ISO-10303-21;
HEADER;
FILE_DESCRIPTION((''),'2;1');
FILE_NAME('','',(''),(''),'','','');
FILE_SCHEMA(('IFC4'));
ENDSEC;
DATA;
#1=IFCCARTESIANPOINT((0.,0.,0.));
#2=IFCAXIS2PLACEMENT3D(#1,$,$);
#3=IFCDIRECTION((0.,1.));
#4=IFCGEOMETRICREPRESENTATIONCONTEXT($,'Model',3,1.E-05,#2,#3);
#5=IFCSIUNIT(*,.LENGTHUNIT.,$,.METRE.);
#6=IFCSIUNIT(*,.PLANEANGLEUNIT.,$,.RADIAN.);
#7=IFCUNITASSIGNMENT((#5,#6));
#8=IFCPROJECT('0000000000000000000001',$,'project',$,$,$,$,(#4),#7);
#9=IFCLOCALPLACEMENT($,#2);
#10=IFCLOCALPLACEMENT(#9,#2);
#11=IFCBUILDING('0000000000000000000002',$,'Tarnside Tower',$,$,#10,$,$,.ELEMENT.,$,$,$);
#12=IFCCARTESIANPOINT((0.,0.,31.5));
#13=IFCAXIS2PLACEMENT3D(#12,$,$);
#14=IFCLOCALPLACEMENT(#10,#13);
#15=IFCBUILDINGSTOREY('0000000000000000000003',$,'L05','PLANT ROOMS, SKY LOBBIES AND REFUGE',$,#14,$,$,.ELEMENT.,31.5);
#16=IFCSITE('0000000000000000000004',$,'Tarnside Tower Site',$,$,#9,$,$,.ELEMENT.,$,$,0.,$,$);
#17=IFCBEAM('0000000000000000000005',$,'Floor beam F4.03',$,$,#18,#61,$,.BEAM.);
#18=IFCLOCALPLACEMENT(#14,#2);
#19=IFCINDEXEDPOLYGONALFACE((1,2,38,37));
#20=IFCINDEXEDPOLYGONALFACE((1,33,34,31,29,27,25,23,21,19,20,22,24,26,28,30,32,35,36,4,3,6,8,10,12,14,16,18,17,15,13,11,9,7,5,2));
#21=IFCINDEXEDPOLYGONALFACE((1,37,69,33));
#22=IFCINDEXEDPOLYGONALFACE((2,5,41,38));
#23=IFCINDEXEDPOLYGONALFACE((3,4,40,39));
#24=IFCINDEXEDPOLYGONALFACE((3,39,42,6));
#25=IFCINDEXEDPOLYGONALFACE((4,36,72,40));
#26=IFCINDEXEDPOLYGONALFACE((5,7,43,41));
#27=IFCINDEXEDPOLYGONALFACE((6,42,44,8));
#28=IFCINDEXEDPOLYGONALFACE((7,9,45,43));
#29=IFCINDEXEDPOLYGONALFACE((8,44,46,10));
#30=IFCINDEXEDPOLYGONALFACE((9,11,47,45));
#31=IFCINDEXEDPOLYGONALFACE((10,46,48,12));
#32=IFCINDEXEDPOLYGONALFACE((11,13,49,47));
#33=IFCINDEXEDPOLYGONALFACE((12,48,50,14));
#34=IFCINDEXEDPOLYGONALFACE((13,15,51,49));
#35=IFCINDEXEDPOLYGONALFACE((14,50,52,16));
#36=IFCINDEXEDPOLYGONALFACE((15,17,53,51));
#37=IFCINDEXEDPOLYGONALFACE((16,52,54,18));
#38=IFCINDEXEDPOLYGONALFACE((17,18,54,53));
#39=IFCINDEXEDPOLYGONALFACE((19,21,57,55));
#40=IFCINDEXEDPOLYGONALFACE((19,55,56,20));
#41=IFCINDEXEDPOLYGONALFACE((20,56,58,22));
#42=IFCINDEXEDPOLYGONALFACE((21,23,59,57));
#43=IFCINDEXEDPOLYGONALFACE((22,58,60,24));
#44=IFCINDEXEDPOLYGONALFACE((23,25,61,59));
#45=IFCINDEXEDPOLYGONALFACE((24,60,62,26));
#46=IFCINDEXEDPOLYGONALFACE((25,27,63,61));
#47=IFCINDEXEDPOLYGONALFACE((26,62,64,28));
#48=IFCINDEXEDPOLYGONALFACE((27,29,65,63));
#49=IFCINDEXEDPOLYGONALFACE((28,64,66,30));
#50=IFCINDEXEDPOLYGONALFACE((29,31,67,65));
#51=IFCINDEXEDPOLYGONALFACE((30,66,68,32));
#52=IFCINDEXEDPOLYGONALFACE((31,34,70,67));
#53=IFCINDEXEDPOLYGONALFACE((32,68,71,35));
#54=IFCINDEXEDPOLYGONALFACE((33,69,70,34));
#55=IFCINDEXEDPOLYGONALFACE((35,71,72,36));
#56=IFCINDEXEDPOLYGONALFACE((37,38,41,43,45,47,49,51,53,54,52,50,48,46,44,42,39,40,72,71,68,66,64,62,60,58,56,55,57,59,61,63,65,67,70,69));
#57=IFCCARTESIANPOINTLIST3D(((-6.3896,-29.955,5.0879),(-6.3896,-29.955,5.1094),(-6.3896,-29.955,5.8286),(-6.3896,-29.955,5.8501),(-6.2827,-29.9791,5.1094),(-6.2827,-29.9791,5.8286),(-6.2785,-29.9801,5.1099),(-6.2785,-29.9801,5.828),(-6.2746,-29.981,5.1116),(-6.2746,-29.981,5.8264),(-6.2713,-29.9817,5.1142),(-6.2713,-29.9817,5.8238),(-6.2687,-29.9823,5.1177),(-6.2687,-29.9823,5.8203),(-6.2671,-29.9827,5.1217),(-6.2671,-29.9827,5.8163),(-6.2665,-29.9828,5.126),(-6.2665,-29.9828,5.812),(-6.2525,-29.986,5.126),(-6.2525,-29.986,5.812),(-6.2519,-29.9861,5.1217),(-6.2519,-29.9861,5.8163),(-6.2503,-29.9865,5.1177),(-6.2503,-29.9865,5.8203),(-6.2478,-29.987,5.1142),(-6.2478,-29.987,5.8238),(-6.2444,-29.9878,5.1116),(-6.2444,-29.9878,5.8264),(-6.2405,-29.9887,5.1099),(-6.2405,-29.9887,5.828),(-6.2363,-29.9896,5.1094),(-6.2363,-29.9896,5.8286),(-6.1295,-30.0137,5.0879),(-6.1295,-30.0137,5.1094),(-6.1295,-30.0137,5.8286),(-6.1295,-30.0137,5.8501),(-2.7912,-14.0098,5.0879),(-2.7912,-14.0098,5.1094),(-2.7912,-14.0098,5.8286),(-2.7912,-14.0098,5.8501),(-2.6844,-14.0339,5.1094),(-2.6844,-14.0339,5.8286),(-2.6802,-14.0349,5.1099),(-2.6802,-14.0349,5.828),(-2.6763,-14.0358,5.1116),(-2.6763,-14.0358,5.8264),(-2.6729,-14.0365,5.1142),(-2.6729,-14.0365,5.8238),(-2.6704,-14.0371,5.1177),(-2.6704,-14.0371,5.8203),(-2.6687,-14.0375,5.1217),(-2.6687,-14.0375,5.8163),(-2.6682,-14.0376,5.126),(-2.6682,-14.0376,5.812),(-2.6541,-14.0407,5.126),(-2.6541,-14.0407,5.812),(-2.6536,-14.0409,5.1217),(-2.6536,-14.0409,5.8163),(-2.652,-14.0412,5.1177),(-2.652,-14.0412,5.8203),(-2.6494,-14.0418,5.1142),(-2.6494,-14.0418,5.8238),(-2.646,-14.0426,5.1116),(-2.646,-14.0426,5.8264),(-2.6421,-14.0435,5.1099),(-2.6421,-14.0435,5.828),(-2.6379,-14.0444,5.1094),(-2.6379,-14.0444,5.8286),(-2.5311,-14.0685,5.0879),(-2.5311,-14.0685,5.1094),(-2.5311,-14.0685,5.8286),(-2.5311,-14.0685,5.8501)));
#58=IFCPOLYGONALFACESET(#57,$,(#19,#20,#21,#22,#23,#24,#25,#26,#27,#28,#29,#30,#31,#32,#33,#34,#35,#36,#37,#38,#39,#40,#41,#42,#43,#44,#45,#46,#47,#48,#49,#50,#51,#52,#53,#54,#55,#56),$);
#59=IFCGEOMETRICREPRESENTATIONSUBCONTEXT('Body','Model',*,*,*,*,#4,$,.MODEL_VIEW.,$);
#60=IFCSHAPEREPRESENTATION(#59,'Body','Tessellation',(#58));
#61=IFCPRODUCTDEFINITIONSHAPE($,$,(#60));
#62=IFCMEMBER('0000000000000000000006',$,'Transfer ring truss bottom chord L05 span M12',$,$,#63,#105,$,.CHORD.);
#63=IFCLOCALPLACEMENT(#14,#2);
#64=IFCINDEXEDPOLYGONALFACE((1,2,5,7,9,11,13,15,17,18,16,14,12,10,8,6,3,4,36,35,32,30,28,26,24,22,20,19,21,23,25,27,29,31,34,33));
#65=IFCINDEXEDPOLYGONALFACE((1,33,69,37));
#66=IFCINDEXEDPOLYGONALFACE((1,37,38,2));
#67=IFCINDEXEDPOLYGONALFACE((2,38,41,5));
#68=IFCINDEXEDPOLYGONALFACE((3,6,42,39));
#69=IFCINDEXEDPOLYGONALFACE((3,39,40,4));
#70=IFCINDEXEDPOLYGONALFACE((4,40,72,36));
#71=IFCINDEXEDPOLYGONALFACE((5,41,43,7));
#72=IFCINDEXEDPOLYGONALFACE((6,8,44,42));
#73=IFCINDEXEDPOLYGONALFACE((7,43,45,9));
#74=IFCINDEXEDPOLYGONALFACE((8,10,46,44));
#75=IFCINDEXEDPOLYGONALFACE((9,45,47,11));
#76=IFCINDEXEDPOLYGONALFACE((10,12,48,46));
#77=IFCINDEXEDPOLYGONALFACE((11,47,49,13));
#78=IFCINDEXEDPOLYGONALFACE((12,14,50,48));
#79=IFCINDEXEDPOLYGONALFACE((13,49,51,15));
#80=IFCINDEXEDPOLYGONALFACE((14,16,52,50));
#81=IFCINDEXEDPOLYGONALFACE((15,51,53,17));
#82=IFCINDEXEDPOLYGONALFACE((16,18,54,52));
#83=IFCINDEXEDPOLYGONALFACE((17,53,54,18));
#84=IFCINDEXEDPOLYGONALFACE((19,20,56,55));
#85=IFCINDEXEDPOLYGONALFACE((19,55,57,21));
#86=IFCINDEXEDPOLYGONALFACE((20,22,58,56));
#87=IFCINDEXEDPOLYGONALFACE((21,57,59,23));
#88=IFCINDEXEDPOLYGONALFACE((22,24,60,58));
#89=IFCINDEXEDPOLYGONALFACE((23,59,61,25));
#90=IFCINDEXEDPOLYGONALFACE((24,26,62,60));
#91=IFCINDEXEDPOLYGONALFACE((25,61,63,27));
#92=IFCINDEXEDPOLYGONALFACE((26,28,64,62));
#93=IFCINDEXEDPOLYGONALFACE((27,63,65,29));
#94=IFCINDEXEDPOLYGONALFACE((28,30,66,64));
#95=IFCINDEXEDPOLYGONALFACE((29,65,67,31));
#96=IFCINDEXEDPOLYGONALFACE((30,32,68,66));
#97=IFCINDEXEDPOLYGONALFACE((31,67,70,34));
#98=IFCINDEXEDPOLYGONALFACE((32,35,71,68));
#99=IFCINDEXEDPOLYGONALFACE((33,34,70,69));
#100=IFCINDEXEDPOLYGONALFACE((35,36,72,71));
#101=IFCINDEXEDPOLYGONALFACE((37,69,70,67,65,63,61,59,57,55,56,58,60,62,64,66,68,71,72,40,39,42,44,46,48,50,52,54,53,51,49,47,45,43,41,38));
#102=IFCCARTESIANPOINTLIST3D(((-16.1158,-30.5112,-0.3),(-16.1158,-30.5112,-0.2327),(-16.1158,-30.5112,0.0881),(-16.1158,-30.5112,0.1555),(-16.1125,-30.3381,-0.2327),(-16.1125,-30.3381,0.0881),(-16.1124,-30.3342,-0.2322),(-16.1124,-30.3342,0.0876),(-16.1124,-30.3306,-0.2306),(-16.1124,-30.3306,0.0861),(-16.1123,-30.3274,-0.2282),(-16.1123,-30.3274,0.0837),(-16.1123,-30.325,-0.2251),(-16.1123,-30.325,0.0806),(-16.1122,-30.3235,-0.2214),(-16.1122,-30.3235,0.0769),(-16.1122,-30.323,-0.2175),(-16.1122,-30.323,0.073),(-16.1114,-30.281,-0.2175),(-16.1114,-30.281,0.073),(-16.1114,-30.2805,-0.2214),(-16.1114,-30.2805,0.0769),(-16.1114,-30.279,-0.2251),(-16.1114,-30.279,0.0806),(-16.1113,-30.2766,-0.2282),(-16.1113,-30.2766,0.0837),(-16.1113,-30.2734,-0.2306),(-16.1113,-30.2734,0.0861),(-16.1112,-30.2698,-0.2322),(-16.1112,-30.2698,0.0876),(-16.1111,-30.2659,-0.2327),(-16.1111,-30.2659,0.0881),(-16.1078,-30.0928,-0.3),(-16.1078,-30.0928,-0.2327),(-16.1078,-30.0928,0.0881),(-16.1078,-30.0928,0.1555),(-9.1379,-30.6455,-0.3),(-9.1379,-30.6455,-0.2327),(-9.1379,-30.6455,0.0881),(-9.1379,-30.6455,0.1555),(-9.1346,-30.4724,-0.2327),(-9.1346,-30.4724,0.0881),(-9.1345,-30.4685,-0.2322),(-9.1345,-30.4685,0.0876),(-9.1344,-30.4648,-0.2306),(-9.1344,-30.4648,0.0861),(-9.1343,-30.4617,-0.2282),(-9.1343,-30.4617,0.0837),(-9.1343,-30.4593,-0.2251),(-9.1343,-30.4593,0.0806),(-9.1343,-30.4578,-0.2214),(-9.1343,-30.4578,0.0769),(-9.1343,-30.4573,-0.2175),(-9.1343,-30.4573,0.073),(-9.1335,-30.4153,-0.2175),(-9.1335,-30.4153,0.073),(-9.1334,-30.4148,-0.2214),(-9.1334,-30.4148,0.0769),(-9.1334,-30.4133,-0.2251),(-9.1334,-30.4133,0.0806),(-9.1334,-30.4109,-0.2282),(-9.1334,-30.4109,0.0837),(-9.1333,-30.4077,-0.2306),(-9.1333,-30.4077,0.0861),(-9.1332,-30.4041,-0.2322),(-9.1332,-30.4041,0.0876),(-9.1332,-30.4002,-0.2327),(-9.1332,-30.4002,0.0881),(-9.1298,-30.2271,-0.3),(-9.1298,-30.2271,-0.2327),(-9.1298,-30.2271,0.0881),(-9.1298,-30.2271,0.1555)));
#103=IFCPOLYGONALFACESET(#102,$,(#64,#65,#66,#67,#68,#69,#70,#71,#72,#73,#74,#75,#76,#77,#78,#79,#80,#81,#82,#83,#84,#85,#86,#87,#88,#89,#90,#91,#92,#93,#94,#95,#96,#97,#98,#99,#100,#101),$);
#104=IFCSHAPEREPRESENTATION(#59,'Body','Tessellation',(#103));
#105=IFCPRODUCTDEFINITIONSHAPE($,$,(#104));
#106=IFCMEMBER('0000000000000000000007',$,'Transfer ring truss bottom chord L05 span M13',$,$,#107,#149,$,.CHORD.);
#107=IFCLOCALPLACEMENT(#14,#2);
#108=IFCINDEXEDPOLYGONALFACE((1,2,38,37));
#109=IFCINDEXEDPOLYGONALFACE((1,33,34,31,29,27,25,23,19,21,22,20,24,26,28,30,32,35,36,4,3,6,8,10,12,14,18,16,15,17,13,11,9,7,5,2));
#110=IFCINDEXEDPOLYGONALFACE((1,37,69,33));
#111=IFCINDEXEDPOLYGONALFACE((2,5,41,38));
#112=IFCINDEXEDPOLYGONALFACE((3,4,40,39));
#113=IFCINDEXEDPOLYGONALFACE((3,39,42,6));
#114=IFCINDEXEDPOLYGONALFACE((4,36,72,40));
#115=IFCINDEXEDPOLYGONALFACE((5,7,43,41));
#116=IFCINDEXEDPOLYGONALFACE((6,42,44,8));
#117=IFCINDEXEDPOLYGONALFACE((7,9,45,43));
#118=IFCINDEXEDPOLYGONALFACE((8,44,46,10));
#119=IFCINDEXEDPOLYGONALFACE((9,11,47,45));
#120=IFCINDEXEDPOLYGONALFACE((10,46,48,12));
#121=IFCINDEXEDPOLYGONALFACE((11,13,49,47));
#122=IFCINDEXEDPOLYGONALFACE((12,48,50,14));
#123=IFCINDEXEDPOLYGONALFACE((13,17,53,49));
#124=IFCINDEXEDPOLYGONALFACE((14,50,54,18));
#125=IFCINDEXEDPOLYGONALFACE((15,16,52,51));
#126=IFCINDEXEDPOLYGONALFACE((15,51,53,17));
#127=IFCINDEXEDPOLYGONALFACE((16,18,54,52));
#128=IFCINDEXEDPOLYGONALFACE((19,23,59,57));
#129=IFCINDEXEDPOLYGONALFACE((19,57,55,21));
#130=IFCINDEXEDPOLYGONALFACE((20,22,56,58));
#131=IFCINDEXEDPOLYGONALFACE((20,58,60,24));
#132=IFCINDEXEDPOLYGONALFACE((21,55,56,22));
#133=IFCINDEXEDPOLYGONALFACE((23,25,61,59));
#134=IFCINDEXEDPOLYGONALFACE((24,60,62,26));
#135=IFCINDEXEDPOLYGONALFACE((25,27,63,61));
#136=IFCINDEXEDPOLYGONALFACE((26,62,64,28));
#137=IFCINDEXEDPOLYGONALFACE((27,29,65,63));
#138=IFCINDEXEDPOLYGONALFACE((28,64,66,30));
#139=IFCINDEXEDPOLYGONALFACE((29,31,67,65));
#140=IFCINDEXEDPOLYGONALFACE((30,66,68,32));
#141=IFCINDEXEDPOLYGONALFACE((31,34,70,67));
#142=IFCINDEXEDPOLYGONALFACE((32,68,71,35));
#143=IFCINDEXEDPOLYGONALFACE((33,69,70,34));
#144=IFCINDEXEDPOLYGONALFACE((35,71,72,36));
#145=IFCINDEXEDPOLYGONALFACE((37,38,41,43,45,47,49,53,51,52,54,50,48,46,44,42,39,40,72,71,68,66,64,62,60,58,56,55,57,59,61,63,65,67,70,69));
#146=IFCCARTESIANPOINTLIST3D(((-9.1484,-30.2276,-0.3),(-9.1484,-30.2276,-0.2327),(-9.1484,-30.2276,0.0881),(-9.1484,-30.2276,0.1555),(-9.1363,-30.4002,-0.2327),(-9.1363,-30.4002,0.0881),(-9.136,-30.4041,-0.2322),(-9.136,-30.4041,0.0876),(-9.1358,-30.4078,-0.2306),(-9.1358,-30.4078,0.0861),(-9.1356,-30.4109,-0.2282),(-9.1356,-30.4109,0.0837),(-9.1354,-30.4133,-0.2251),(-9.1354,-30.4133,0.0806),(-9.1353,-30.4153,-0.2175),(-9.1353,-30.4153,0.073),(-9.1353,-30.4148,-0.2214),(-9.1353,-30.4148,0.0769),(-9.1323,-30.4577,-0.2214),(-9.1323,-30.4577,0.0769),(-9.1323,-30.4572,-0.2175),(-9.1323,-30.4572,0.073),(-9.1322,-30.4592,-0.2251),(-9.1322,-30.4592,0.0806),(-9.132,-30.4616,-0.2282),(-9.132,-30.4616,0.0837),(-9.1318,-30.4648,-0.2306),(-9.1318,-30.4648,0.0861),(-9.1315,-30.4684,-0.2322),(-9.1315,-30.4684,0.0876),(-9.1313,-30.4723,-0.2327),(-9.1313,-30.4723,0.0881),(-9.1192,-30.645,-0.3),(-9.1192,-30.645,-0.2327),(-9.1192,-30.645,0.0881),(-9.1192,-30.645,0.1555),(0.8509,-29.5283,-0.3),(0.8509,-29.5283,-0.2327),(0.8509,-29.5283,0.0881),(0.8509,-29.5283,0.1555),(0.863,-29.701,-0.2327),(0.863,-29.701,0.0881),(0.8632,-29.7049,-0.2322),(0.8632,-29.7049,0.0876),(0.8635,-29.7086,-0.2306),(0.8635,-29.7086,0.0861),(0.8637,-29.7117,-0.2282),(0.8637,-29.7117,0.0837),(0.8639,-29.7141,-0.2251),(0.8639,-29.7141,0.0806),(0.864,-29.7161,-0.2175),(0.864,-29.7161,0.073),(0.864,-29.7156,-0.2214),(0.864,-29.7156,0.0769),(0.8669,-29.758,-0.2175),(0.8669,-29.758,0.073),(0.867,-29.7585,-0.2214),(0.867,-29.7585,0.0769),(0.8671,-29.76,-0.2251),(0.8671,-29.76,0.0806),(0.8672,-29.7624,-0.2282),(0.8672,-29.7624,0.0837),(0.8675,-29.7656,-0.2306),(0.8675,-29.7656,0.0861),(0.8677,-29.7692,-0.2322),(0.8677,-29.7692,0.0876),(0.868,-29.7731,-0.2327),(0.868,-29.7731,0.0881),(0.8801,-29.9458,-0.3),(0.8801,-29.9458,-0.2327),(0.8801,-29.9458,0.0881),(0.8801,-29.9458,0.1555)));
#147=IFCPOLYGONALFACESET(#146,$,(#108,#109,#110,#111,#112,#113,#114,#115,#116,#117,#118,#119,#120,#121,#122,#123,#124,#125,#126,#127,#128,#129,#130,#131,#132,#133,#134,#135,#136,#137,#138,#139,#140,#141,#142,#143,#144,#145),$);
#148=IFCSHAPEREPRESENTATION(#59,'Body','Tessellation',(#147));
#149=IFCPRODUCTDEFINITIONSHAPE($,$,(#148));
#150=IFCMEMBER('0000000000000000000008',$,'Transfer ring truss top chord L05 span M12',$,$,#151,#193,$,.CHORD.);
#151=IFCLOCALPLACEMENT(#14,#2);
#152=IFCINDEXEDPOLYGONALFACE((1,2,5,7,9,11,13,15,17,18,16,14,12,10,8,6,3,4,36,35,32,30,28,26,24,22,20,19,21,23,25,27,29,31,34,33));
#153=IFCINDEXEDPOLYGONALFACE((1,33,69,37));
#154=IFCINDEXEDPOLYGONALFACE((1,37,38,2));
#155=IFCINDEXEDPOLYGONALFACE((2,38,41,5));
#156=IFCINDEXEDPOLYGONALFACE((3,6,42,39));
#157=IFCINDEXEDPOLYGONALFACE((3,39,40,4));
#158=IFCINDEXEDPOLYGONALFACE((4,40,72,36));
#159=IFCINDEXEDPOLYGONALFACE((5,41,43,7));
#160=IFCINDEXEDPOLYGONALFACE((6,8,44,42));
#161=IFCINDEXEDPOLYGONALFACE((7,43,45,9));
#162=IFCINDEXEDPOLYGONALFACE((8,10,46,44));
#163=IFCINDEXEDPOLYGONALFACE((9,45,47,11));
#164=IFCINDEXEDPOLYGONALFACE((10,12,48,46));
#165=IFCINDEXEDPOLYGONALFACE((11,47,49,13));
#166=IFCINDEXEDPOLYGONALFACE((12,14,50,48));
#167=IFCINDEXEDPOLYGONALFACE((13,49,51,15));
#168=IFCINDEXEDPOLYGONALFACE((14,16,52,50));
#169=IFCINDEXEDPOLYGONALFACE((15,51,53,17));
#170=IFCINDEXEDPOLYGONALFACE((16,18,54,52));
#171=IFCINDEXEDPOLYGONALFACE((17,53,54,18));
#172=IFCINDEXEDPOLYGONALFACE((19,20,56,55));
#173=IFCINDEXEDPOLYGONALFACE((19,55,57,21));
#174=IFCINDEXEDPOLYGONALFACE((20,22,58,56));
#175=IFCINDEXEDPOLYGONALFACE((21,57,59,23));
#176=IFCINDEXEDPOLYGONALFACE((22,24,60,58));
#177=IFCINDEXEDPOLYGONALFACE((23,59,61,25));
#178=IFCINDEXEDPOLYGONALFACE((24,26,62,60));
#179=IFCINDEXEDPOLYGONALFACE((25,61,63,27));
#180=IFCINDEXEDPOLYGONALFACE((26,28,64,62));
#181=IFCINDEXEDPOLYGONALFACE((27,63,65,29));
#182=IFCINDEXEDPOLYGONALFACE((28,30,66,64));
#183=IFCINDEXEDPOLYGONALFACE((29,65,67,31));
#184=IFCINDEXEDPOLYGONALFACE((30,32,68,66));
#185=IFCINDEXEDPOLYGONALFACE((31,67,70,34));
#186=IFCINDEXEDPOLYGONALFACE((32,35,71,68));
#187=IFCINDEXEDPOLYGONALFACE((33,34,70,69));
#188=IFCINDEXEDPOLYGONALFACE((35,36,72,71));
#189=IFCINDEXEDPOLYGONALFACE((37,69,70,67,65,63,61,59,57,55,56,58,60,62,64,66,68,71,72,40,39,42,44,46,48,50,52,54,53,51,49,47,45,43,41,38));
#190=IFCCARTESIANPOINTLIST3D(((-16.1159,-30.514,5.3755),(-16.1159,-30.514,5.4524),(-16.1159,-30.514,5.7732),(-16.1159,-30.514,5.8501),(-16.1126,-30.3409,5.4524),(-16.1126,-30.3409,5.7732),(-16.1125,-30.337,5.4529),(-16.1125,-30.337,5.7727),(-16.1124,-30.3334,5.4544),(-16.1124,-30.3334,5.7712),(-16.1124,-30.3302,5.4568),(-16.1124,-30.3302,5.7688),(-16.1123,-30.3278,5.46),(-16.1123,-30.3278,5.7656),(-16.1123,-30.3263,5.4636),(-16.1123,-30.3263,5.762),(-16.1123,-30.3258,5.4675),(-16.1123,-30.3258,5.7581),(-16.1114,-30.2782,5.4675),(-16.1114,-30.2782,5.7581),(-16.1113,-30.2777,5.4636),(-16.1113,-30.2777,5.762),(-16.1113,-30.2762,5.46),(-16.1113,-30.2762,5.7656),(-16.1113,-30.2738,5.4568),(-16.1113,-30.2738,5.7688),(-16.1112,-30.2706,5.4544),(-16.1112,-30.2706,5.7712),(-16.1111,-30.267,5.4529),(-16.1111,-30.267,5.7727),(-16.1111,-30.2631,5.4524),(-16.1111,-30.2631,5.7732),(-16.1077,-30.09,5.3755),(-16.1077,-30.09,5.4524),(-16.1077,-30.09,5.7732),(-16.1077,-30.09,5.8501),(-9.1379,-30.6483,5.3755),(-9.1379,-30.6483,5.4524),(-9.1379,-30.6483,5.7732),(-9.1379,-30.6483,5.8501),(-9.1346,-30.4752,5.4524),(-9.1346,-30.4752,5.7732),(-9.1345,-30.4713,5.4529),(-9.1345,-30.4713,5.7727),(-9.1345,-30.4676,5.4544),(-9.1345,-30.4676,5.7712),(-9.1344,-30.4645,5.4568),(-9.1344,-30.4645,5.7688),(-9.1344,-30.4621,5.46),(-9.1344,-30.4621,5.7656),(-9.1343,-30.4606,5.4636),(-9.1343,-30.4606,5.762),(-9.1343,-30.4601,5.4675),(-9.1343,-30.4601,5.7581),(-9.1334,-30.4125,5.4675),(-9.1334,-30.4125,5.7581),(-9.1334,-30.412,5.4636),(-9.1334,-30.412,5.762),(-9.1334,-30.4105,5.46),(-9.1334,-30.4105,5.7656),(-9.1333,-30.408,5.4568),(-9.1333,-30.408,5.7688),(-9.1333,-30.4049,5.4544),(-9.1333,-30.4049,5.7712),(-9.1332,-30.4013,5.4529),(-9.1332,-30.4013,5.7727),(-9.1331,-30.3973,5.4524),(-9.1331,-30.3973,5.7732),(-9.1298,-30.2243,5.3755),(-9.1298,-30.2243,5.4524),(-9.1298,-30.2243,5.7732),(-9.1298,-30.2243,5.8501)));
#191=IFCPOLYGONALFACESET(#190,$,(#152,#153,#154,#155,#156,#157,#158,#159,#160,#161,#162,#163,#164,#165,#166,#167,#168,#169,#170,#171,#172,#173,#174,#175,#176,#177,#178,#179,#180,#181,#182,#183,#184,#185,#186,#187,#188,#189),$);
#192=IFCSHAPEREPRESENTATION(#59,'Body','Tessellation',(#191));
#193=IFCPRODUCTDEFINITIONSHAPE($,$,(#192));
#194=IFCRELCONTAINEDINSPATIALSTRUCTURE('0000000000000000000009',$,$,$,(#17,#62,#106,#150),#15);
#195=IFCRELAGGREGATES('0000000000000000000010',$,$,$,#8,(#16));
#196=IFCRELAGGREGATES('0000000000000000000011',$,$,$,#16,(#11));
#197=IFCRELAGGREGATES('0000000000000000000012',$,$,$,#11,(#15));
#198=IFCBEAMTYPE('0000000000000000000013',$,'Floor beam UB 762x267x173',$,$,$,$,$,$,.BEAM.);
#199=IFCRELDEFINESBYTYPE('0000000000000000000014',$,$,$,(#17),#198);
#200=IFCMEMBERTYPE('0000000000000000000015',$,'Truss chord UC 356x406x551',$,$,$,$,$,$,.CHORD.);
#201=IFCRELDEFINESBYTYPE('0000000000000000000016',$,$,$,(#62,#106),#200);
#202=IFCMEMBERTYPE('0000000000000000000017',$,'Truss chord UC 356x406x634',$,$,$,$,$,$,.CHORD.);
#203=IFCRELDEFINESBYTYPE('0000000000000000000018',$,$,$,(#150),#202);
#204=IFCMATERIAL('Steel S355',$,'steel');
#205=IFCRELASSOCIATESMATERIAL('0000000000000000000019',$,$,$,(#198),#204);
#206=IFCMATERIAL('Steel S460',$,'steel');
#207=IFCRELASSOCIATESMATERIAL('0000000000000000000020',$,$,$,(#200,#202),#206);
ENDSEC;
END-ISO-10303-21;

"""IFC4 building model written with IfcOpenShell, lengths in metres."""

from ifc_helpers import new_model, si_unit, direction, frame, origin, origin_2d, place, context, subcontext, project, spatial, i_section, extrude, material, material_profile, profile_set, type_object, element, save


model = new_model("IFC4")

# Units and contexts
model_context = context("Model", 3, precision=1e-05, world=origin(), true_north=direction((0.0, 1.0)))
body_context = subcontext(model_context, "Body", "Model", "MODEL_VIEW")
ifc_project = project(units=[si_unit("LENGTHUNIT", "METRE"), si_unit("PLANEANGLEUNIT", "RADIAN")], contexts=[model_context])

# Site, building, storey
site_placement = place(None, origin())
site = spatial("IfcSite", under=ifc_project, at=site_placement, Name="Tarnside Tower Site", CompositionType="ELEMENT", RefElevation=0.0)
building_placement = place(site_placement, origin())
building = spatial("IfcBuilding", under=site, at=building_placement, Name="Tarnside Tower", CompositionType="ELEMENT")
storey_placement = place(building_placement, frame((0.0, 0.0, 31.5)))
storey = spatial("IfcBuildingStorey", under=building, at=storey_placement, Name="L05", Description="PLANT ROOMS, SKY LOBBIES AND REFUGE", CompositionType="ELEMENT", Elevation=31.5)

# Beam
ifc_material_1 = material(Name="Steel S355", Category="steel")
ifc_material_profile_1 = material_profile(ifc_material_1, i_section(OverallWidth=0.2666, OverallDepth=0.7622, WebThickness=0.0144, FlangeThickness=0.0215, FilletRadius=0.0166, at=origin_2d()), Name="UB 762x267x173")
ifc_profile_set_1 = profile_set([ifc_material_profile_1], Name="Steel S355")
beam_type_1 = type_object("IfcBeamType", Name="Floor beam UB 762x267x173", PredefinedType="BEAM", material=ifc_profile_set_1)
beam_1_placement = place(storey_placement, frame((-6.2595, -29.9844, 5.469), z_axis=(0.220135, 0.975469, 0.0), x_axis=(-0.975469, 0.220135, 0.0)))
element("IfcBeam", 1, at=beam_1_placement, inside=storey, type_object=beam_type_1, Name="Floor beam F4.03", PredefinedType="BEAM", context=body_context, shape_type="SweptSolid", body=[
    extrude(i_section(OverallWidth=0.2666, OverallDepth=0.7622, WebThickness=0.0144, FlangeThickness=0.0215, FilletRadius=0.0166, at=origin_2d()), origin(), (0.0, 0.0, 1.0), 16.3462),
])

# Members
ifc_material_2 = material(Name="Steel S460", Category="steel")
ifc_material_profile_2 = material_profile(ifc_material_2, i_section(OverallWidth=0.4185, OverallDepth=0.4556, WebThickness=0.042, FlangeThickness=0.0674, FilletRadius=0.0151, at=origin_2d()), Name="UC 356x406x551")
ifc_profile_set_2 = profile_set([ifc_material_profile_2], Name="Steel S460")
member_type_1 = type_object("IfcMemberType", Name="Truss chord UC 356x406x551", PredefinedType="CHORD", material=ifc_profile_set_2)
member_1_placement = place(storey_placement, frame((-16.1118, -30.302, -0.0723), z_axis=(0.999815, -0.019239, 0.0), x_axis=(0.019239, 0.999815, 0.0)))
element("IfcMember", 2, at=member_1_placement, inside=storey, type_object=member_type_1, Name="Transfer ring truss bottom chord L05 span M12", PredefinedType="CHORD", context=body_context, shape_type="SweptSolid", body=[
    extrude(i_section(OverallWidth=0.4185, OverallDepth=0.4556, WebThickness=0.042, FlangeThickness=0.0674, FilletRadius=0.0151, at=origin_2d()), origin(), (0.0, 0.0, 1.0), 6.9792),
])
member_2_placement = place(storey_placement, frame((-9.1338, -30.4363, -0.0723), z_axis=(0.997564, 0.069757, 0.0), x_axis=(-0.069757, 0.997564, 0.0)))
element("IfcMember", 3, at=member_2_placement, inside=storey, type_object=member_type_1, Name="Transfer ring truss bottom chord L05 span M13", PredefinedType="CHORD", context=body_context, shape_type="SweptSolid", body=[
    extrude(i_section(OverallWidth=0.4185, OverallDepth=0.4556, WebThickness=0.042, FlangeThickness=0.0674, FilletRadius=0.0151, at=origin_2d()), origin(), (0.0, 0.0, 1.0), 10.0237),
])
ifc_material_profile_3 = material_profile(ifc_material_2, i_section(OverallWidth=0.4241, OverallDepth=0.4746, WebThickness=0.0476, FlangeThickness=0.0769, FilletRadius=0.0151, at=origin_2d()), Name="UC 356x406x634")
ifc_profile_set_3 = profile_set([ifc_material_profile_3], Name="Steel S460")
member_type_2 = type_object("IfcMemberType", Name="Truss chord UC 356x406x634", PredefinedType="CHORD", material=ifc_profile_set_3)
member_3_placement = place(storey_placement, frame((-16.1118, -30.302, 5.6128), z_axis=(0.999815, -0.019239, 0.0), x_axis=(0.019239, 0.999815, 0.0)))
element("IfcMember", 4, at=member_3_placement, inside=storey, type_object=member_type_2, Name="Transfer ring truss top chord L05 span M12", PredefinedType="CHORD", context=body_context, shape_type="SweptSolid", body=[
    extrude(i_section(OverallWidth=0.4241, OverallDepth=0.4746, WebThickness=0.0476, FlangeThickness=0.0769, FilletRadius=0.0151, at=origin_2d()), origin(), (0.0, 0.0, 1.0), 6.9792),
])

save(model, "model.ifc")
